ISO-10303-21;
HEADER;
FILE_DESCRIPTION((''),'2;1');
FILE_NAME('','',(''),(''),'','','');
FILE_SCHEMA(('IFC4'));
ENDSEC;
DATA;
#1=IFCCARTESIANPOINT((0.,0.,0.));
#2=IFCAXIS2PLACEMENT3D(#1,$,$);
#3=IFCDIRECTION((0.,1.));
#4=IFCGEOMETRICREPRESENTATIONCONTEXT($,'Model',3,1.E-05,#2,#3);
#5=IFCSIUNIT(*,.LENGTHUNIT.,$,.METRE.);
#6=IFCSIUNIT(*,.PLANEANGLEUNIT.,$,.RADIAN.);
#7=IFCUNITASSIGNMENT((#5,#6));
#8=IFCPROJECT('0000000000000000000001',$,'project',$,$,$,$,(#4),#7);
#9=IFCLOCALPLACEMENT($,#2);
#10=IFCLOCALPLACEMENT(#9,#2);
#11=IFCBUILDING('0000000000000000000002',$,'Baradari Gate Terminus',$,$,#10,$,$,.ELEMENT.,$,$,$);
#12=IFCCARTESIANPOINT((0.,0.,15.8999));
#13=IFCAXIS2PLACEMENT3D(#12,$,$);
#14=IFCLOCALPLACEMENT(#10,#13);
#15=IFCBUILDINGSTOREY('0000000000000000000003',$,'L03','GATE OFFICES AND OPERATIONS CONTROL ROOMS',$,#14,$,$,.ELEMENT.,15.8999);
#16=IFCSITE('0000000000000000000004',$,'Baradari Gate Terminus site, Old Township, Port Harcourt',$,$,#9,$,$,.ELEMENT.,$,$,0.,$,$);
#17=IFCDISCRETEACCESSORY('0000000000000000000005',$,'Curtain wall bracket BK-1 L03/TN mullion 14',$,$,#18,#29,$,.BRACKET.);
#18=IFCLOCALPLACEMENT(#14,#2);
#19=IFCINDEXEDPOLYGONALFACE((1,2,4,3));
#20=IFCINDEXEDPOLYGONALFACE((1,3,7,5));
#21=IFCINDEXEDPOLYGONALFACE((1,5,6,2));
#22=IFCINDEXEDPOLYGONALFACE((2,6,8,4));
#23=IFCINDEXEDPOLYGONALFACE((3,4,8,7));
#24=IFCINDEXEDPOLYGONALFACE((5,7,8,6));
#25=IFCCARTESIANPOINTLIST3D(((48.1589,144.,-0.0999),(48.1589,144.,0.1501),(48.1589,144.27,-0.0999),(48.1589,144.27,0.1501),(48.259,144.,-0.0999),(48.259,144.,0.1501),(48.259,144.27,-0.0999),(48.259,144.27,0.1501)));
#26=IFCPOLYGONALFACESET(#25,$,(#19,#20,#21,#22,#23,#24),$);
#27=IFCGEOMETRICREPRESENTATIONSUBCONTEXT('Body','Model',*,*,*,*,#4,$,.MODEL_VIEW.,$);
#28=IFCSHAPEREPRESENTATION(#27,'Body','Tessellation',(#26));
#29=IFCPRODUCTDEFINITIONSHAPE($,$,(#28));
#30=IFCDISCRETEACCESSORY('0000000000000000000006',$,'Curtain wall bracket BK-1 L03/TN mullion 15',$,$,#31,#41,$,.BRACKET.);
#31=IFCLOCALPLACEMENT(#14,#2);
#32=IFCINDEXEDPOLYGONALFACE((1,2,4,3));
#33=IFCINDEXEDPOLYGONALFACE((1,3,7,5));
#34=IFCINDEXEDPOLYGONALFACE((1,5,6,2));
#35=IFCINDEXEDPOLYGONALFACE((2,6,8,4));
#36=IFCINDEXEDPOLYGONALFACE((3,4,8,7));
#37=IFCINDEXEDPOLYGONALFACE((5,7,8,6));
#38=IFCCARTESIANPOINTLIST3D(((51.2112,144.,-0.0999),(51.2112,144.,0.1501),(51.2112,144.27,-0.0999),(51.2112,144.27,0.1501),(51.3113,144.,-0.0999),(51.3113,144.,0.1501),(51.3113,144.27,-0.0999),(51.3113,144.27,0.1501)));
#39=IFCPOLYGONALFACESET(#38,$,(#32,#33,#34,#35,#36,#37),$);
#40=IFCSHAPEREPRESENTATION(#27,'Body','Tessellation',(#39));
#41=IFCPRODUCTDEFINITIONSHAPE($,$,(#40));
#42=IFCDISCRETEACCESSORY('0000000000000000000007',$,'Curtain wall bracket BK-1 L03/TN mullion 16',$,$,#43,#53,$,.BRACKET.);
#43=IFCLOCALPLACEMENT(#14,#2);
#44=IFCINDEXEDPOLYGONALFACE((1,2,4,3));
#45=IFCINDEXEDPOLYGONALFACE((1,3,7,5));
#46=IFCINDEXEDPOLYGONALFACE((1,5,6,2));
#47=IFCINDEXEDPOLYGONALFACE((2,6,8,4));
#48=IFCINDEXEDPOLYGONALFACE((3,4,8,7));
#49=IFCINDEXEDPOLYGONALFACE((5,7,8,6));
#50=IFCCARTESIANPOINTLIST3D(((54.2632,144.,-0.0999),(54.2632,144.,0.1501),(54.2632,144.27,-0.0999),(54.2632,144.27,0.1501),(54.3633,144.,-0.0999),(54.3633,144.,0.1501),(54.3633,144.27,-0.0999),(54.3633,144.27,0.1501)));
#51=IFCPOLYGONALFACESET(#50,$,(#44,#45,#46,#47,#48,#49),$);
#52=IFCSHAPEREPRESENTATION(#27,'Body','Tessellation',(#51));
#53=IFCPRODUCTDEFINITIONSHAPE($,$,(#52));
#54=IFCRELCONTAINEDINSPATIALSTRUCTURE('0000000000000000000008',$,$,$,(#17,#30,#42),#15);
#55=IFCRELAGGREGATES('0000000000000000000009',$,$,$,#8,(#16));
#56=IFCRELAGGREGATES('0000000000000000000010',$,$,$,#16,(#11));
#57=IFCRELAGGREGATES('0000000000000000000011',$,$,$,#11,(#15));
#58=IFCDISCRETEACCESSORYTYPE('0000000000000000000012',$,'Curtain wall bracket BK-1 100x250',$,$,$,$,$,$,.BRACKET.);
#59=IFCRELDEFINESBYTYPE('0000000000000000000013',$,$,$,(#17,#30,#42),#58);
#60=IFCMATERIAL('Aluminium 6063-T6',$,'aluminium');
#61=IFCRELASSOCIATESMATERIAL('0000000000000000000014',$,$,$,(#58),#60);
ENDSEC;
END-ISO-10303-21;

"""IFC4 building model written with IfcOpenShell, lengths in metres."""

from ifc_helpers import new_model, si_unit, direction, frame, origin, origin_2d, place, context, subcontext, project, spatial, rectangle, extrude, material, type_object, element, save


model = new_model("IFC4")

# Units and contexts
model_context = context("Model", 3, precision=1e-05, world=origin(), true_north=direction((0.0, 1.0)))
body_context = subcontext(model_context, "Body", "Model", "MODEL_VIEW")
ifc_project = project(units=[si_unit("LENGTHUNIT", "METRE"), si_unit("PLANEANGLEUNIT", "RADIAN")], contexts=[model_context])

# Site, building, storey
site_placement = place(None, origin())
site = spatial("IfcSite", under=ifc_project, at=site_placement, Name="Baradari Gate Terminus site, Old Township, Port Harcourt", CompositionType="ELEMENT", RefElevation=0.0)
building_placement = place(site_placement, origin())
building = spatial("IfcBuilding", under=site, at=building_placement, Name="Baradari Gate Terminus", CompositionType="ELEMENT")
storey_placement = place(building_placement, frame((0.0, 0.0, 15.8999)))
storey = spatial("IfcBuildingStorey", under=building, at=storey_placement, Name="L03", Description="GATE OFFICES AND OPERATIONS CONTROL ROOMS", CompositionType="ELEMENT", Elevation=15.8999)

# Discrete accessories
ifc_material_1 = material(Name="Aluminium 6063-T6", Category="aluminium")
discrete_accessory_type = type_object("IfcDiscreteAccessoryType", Name="Curtain wall bracket BK-1 100x250", PredefinedType="BRACKET", material=ifc_material_1)
for number, where, z_axis, x_axis, name in (
    (1, (48.209, 144.135, -0.0999), (0.0, 0.0, 1.0), (0.0, 1.0, 0.0), "Curtain wall bracket BK-1 L03/TN mullion 14"),
    (2, (51.2612, 144.135, -0.0999), (0.0, 0.0, 1.0), (0.0, 1.0, 0.0), "Curtain wall bracket BK-1 L03/TN mullion 15"),
    (3, (54.3132, 144.135, -0.0999), (0.0, 0.0, 1.0), (0.0, 1.0, 0.0), "Curtain wall bracket BK-1 L03/TN mullion 16"),
):
    element("IfcDiscreteAccessory", number, at=place(storey_placement, frame(where, z_axis=z_axis, x_axis=x_axis)), inside=storey, type_object=discrete_accessory_type, Name=name, PredefinedType="BRACKET", context=body_context, shape_type="SweptSolid", body=[
        extrude(rectangle(XDim=0.27, YDim=0.1001, at=origin_2d()), origin(), (0.0, 0.0, 1.0), 0.25),
    ])

save(model, "model.ifc")
